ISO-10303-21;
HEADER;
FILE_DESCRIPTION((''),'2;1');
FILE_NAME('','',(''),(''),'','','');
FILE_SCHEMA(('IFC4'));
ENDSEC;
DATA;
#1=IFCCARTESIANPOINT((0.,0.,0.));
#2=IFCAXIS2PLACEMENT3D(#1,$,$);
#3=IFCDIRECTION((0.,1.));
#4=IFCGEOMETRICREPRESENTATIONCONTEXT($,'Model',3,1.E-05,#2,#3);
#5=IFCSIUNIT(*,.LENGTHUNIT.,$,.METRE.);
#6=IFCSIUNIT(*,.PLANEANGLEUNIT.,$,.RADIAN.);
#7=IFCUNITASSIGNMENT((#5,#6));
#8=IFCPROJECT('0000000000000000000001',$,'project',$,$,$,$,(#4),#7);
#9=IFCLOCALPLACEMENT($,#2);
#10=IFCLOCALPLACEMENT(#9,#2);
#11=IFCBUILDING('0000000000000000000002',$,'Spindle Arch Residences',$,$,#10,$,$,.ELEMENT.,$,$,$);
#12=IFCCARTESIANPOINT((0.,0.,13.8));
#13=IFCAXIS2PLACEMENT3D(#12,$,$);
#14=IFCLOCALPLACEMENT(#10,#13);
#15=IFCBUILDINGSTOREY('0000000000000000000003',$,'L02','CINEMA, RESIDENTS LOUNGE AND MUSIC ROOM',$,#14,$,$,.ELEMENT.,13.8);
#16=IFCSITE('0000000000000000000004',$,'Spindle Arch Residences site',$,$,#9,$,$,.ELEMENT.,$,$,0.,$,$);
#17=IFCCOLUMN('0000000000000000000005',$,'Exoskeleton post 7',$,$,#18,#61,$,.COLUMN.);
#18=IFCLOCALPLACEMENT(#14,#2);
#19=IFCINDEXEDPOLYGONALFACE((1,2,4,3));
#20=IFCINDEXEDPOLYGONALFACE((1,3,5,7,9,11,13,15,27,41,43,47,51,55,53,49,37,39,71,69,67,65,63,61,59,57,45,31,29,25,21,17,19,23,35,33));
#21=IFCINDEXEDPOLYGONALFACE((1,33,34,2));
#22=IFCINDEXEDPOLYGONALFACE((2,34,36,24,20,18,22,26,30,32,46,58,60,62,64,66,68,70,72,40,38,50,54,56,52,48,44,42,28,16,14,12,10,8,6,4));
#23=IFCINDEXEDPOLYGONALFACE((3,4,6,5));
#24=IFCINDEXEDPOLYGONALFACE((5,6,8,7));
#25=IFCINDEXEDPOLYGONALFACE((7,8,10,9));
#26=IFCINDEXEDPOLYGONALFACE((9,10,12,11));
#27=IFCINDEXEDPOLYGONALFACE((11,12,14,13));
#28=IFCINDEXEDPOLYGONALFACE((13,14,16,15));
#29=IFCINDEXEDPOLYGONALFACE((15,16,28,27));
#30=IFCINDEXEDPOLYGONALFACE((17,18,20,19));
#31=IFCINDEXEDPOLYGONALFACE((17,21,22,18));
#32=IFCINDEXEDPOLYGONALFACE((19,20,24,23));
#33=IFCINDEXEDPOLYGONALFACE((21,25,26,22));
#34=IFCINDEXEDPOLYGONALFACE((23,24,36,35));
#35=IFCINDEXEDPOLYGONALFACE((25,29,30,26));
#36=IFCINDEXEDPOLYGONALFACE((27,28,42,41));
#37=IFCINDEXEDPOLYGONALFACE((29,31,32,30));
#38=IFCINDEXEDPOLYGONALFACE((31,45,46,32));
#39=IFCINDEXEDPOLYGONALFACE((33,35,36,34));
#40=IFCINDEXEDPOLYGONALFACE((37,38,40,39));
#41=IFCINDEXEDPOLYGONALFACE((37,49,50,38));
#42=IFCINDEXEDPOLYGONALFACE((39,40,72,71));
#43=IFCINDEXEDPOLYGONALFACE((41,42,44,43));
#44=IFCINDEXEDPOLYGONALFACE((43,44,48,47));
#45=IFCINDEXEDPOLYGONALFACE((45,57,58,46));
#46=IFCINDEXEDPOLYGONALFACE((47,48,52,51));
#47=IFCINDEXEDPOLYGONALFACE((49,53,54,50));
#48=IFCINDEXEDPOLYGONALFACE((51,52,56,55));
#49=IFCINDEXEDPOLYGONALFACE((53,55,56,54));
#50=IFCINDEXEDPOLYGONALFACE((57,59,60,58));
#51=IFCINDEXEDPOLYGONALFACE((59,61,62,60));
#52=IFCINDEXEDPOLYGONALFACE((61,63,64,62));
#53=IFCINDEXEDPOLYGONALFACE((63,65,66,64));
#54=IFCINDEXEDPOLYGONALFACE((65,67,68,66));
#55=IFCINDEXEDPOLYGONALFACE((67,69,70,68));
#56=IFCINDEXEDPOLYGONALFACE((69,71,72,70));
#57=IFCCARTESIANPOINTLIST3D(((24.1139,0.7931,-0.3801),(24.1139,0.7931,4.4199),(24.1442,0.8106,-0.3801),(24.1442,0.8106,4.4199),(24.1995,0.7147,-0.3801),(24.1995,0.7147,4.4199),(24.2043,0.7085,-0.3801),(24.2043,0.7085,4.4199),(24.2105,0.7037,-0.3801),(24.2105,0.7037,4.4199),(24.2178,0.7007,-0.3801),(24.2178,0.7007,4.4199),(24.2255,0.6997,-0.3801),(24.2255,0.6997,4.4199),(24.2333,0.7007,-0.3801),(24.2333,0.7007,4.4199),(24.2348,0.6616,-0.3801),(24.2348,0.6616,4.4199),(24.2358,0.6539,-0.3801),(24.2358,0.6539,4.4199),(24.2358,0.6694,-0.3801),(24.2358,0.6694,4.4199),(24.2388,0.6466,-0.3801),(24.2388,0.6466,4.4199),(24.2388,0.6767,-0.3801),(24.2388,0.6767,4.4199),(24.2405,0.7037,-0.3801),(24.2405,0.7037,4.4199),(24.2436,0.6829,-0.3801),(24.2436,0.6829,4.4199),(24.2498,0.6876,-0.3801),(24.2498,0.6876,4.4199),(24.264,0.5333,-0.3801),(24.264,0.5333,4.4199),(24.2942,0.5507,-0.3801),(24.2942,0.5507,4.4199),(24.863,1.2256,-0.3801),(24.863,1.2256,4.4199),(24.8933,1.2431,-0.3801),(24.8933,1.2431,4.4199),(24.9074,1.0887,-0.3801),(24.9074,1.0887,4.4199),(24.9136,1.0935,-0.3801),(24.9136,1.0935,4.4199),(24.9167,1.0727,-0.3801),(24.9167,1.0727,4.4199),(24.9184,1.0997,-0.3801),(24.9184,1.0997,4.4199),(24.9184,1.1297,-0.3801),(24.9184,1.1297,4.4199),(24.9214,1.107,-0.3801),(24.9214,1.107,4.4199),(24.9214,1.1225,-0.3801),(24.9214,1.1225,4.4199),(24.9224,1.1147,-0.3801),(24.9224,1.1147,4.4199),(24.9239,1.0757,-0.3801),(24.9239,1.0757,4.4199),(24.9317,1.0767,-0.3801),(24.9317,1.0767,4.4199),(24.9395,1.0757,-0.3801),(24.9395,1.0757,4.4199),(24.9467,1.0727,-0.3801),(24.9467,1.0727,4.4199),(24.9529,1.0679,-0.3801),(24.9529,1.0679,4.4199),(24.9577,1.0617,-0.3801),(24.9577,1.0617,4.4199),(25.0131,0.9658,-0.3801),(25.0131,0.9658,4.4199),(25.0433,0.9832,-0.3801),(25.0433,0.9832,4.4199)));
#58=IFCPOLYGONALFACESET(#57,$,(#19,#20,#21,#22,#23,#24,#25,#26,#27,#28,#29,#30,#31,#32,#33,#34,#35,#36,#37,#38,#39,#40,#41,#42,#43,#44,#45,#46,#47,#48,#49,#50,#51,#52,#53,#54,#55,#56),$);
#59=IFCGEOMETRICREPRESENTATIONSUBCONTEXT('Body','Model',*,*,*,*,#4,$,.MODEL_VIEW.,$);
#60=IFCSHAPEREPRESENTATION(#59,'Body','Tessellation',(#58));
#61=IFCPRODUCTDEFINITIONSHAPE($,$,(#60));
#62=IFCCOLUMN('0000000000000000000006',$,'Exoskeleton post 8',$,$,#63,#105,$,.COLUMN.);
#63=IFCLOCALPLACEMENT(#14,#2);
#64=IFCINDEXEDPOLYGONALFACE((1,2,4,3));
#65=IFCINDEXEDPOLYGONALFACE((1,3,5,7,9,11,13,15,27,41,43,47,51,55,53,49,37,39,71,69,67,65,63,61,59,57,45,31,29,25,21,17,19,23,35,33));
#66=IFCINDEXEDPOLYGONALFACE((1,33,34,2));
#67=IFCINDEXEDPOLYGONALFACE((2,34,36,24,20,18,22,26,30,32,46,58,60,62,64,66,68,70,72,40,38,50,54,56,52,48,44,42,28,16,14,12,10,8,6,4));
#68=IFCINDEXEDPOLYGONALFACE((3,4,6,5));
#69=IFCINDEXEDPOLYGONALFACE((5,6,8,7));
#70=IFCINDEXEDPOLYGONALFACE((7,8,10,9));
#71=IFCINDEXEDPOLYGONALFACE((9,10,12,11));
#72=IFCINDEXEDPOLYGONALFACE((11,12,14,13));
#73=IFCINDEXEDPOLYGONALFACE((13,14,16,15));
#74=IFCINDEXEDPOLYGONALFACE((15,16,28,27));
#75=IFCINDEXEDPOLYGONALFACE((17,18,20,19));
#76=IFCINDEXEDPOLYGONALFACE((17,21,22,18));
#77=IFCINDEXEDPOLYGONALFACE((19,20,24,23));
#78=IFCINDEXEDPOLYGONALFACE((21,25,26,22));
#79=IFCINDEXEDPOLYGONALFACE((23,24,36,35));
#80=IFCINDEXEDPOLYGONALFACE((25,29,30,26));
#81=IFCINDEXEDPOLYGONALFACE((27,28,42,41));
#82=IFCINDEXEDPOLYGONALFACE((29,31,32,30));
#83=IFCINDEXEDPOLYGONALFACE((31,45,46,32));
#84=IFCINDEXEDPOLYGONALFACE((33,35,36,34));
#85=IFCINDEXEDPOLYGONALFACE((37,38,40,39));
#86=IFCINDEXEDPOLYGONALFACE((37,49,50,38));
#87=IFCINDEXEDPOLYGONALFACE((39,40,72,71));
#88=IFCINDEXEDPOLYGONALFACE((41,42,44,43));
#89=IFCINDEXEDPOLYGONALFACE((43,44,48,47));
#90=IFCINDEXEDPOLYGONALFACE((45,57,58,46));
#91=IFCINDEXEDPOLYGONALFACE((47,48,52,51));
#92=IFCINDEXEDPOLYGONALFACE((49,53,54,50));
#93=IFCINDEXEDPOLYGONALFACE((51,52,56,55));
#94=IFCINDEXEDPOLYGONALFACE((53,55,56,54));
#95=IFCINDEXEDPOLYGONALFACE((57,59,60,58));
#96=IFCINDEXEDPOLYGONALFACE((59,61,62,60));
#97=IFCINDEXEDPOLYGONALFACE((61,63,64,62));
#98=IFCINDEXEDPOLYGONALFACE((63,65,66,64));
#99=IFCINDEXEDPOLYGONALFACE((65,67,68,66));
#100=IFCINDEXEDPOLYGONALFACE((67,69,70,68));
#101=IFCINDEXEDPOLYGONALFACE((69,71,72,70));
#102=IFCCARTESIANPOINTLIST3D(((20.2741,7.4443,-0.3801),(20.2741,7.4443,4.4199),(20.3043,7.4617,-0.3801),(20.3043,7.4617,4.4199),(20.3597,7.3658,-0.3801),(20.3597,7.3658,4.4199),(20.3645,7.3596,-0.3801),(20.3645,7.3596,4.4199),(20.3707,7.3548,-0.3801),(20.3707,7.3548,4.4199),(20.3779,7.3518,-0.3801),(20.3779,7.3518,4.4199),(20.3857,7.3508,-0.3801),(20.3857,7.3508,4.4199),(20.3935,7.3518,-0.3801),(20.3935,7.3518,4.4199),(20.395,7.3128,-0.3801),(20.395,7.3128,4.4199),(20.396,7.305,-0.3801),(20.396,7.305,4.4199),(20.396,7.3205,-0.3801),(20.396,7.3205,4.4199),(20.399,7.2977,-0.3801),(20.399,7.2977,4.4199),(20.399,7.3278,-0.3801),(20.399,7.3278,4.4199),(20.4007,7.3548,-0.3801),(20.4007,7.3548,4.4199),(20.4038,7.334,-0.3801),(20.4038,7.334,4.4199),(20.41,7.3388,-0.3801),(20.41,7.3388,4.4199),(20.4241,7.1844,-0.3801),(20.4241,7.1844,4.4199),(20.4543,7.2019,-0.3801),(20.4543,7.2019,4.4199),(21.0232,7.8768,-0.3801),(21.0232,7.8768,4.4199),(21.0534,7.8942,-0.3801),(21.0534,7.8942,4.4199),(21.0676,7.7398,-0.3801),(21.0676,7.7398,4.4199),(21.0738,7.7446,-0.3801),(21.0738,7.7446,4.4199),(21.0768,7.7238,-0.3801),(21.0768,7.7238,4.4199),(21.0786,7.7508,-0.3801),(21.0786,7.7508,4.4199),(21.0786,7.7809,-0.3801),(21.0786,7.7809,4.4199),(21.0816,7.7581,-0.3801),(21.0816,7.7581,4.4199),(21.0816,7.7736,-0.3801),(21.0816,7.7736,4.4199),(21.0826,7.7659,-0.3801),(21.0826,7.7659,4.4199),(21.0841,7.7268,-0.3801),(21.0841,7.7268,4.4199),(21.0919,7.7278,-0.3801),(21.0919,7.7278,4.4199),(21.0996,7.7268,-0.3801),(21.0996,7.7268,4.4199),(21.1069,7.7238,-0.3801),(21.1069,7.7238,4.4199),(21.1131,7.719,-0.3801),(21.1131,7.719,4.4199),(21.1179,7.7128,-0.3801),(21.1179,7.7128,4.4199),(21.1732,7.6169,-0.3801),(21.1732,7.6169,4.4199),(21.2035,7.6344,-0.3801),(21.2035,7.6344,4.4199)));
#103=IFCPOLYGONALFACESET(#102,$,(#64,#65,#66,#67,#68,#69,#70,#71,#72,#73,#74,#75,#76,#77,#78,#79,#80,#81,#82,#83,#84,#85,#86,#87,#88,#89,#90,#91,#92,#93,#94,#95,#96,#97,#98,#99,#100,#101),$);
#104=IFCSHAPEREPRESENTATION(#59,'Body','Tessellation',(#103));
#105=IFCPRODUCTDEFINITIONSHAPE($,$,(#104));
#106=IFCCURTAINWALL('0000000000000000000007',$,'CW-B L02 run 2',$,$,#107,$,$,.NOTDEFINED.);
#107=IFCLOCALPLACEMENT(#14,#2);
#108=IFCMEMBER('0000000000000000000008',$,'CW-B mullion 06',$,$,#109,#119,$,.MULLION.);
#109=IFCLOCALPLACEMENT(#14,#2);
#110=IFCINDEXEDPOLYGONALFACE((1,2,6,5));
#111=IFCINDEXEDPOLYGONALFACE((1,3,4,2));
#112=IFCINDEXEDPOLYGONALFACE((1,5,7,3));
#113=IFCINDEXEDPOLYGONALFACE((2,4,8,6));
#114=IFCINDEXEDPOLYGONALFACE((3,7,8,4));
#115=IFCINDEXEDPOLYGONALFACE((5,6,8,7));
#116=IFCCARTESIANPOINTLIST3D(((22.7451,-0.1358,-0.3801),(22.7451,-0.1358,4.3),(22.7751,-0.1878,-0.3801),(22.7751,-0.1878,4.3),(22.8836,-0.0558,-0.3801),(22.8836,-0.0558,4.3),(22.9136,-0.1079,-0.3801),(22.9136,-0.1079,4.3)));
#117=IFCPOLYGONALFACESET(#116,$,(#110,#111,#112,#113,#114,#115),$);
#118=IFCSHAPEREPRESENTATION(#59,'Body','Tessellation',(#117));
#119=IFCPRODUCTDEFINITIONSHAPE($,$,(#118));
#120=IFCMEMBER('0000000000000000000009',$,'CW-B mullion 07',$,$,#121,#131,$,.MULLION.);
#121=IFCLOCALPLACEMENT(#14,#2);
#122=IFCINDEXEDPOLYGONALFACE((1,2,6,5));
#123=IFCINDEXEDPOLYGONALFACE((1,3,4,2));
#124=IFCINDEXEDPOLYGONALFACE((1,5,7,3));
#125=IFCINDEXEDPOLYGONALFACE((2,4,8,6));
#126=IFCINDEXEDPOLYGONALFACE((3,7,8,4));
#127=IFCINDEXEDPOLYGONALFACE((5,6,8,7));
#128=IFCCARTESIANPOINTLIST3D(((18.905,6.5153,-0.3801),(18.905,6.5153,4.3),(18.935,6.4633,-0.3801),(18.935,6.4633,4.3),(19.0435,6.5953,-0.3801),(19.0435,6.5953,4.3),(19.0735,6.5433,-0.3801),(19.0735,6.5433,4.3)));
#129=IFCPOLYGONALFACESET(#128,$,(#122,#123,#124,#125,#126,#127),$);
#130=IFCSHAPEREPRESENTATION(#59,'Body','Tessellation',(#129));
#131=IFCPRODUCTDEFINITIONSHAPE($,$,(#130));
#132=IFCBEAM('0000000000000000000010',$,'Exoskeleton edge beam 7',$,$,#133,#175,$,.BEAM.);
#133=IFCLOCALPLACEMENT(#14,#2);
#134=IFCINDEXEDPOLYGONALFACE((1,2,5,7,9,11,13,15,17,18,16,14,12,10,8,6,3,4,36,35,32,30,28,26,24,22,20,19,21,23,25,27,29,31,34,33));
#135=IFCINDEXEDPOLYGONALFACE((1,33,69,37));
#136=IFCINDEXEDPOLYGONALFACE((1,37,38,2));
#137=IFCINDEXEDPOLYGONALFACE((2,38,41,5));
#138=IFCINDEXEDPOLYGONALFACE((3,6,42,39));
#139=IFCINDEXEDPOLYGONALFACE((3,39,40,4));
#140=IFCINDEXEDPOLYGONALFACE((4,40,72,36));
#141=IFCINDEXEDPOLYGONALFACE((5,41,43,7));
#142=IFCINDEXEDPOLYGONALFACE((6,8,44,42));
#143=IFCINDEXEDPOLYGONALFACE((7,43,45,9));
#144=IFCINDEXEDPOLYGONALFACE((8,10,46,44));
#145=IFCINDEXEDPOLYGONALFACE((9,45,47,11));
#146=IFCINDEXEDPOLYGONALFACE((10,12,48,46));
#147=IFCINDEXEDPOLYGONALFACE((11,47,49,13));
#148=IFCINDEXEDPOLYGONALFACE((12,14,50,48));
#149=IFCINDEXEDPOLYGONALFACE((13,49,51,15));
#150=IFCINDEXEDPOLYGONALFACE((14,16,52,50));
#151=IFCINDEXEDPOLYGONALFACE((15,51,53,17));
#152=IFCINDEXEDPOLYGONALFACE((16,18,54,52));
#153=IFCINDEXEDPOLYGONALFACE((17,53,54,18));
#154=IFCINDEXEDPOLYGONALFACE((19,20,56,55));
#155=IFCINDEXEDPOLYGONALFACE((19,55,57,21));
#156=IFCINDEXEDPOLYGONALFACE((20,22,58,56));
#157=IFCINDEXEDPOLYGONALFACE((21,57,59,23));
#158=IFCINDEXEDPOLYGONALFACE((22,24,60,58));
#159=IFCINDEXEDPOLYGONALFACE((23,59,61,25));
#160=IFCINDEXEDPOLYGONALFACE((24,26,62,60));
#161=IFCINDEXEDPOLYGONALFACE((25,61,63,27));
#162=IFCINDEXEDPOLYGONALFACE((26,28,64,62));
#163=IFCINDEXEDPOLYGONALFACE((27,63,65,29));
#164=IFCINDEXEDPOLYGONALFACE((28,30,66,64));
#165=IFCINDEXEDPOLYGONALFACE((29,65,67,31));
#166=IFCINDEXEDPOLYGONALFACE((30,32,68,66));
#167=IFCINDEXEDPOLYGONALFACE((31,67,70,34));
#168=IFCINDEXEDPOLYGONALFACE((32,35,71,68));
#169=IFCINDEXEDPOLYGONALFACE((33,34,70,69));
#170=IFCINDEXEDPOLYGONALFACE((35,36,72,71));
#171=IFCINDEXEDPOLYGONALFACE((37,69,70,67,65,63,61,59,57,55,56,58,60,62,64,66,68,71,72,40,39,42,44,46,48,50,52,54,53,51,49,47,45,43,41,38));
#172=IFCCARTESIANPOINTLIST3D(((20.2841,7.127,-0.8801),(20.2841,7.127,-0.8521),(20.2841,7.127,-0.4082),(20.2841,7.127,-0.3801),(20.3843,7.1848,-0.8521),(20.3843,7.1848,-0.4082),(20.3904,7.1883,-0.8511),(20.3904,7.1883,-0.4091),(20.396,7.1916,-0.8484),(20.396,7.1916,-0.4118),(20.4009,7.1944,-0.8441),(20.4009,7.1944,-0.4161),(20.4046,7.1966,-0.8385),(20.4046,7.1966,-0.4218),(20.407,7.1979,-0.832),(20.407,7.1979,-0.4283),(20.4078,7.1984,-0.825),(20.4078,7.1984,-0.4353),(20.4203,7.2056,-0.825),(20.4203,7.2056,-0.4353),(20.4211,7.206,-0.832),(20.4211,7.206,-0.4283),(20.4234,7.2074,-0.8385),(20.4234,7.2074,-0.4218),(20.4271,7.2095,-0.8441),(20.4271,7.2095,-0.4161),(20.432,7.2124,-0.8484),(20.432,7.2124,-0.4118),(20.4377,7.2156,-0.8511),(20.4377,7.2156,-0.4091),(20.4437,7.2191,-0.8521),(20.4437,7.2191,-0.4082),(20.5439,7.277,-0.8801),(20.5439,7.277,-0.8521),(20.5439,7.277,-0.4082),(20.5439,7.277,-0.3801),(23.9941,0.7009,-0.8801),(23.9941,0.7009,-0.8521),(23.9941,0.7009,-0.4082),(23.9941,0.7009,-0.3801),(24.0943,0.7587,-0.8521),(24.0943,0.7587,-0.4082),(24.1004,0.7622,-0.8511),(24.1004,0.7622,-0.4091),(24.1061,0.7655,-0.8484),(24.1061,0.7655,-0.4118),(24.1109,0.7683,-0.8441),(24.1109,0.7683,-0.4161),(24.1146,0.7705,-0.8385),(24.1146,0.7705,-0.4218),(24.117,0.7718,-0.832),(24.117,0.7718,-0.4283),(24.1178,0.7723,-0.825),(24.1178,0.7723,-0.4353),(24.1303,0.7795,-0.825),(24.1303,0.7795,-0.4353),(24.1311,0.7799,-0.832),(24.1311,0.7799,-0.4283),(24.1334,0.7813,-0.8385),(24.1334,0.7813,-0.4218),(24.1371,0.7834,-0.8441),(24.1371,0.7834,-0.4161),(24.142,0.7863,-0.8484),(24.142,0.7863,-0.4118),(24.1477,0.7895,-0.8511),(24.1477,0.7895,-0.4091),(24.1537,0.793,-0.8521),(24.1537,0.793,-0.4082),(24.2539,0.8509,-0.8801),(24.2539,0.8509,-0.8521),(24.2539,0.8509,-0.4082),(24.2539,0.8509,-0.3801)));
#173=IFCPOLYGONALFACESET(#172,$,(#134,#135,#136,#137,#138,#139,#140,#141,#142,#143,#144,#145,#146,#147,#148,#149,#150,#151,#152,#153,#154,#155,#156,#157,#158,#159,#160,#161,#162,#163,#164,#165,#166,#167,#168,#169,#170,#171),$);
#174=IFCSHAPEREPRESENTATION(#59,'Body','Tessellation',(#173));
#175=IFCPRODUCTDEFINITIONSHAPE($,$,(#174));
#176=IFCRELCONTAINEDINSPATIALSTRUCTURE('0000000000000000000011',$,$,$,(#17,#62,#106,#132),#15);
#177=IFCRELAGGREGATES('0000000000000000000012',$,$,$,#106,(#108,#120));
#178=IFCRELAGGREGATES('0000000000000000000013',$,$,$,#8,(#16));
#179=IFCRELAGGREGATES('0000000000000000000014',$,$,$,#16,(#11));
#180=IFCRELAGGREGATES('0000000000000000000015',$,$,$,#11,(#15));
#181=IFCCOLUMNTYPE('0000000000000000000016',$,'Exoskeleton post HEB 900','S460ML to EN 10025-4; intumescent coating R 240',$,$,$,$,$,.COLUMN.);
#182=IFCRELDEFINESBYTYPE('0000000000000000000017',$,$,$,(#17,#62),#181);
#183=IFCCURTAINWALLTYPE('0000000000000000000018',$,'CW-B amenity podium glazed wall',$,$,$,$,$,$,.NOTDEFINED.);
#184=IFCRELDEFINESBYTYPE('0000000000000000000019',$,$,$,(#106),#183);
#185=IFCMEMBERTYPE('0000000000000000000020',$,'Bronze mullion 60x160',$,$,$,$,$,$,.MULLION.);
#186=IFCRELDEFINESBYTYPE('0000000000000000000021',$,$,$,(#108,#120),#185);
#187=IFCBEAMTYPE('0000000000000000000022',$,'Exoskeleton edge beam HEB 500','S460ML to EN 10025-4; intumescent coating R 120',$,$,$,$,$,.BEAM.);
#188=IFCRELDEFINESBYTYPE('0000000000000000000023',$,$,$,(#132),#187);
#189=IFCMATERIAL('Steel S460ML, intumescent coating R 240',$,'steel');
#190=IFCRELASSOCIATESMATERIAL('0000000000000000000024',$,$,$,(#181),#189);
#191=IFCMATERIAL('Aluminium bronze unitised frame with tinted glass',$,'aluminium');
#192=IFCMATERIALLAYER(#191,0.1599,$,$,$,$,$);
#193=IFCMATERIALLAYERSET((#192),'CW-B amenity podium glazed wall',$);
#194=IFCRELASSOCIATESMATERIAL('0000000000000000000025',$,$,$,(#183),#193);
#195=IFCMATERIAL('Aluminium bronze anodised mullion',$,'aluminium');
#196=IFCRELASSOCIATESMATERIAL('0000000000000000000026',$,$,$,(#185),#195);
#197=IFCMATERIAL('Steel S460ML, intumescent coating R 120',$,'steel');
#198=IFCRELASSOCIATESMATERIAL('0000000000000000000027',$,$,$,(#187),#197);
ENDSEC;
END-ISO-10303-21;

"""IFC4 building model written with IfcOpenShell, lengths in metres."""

from ifc_helpers import new_model, si_unit, direction, frame, origin, origin_2d, place, context, subcontext, project, spatial, rectangle, i_section, extrude, material, layer, layer_set, material_profile, profile_set, type_object, element, aggregate, save


model = new_model("IFC4")

# Units and contexts
model_context = context("Model", 3, precision=1e-05, world=origin(), true_north=direction((0.0, 1.0)))
body_context = subcontext(model_context, "Body", "Model", "MODEL_VIEW")
ifc_project = project(units=[si_unit("LENGTHUNIT", "METRE"), si_unit("PLANEANGLEUNIT", "RADIAN")], contexts=[model_context])

# Site, building, storey
site_placement = place(None, origin())
site = spatial("IfcSite", under=ifc_project, at=site_placement, Name="Spindle Arch Residences site", CompositionType="ELEMENT", RefElevation=0.0)
building_placement = place(site_placement, origin())
building = spatial("IfcBuilding", under=site, at=building_placement, Name="Spindle Arch Residences", CompositionType="ELEMENT")
storey_placement = place(building_placement, frame((0.0, 0.0, 13.8)))
storey = spatial("IfcBuildingStorey", under=building, at=storey_placement, Name="L02", Description="CINEMA, RESIDENTS LOUNGE AND MUSIC ROOM", CompositionType="ELEMENT", Elevation=13.8)

# Columns
ifc_material_1 = material(Name="Steel S460ML, intumescent coating R 240", Category="steel")
ifc_material_profile_1 = material_profile(ifc_material_1, i_section(OverallWidth=0.3, OverallDepth=0.8999, WebThickness=0.0186, FlangeThickness=0.0349, FilletRadius=0.03, at=origin_2d()), Name="HEB 900")
ifc_profile_set_1 = profile_set([ifc_material_profile_1], Name="Steel S460ML, intumescent coating R 240")
column_type = type_object("IfcColumnType", Name="Exoskeleton post HEB 900", Description="S460ML to EN 10025-4; intumescent coating R 240", PredefinedType="COLUMN", material=ifc_profile_set_1)
for number, where, z_axis, x_axis, name in (
    (1, (24.5786, 0.8882, -0.3801), (0.0, 0.0, 1.0), (0.5, -0.866025, 0.0), "Exoskeleton post 7"),
    (2, (20.7388, 7.5393, -0.3801), (0.0, 0.0, 1.0), (0.5, -0.866025, 0.0), "Exoskeleton post 8"),
):
    element("IfcColumn", number, at=place(storey_placement, frame(where, z_axis=z_axis, x_axis=x_axis)), inside=storey, type_object=column_type, Name=name, PredefinedType="COLUMN", context=body_context, shape_type="SweptSolid", body=[
        extrude(i_section(OverallWidth=0.3, OverallDepth=0.8999, WebThickness=0.0186, FlangeThickness=0.0349, FilletRadius=0.03, at=origin_2d()), origin(), (0.0, 0.0, 1.0), 4.8),
    ])

# Curtain wall, members
ifc_material_2 = material(Name="Aluminium bronze unitised frame with tinted glass", Category="aluminium")
ifc_layer_1 = layer(ifc_material_2, 0.1599)
ifc_layer_set_1 = layer_set([ifc_layer_1], Name="CW-B amenity podium glazed wall")
curtain_wall_type = type_object("IfcCurtainWallType", Name="CW-B amenity podium glazed wall", PredefinedType="NOTDEFINED", material=ifc_layer_set_1)
curtain_wall_placement = place(storey_placement, origin())
curtain_wall = element("IfcCurtainWall", 3, at=curtain_wall_placement, inside=storey, type_object=curtain_wall_type, Name="CW-B L02 run 2", PredefinedType="NOTDEFINED")
ifc_material_3 = material(Name="Aluminium bronze anodised mullion", Category="aluminium")
ifc_material_profile_2 = material_profile(ifc_material_3, rectangle(XDim=0.1599, YDim=0.0601, at=origin_2d()), Name="MU 60x160")
ifc_profile_set_2 = profile_set([ifc_material_profile_2], Name="Aluminium bronze anodised mullion")
member_type = type_object("IfcMemberType", Name="Bronze mullion 60x160", PredefinedType="MULLION", material=ifc_profile_set_2)
member_1_placement = place(storey_placement, frame((22.8293, -0.1218, -0.3801), z_axis=(0.0, 0.0, 1.0), x_axis=(-0.866025, -0.5, 0.0)))
member_1 = element("IfcMember", 4, at=member_1_placement, type_object=member_type, Name="CW-B mullion 06", PredefinedType="MULLION", context=body_context, shape_type="SweptSolid", body=[
    extrude(rectangle(XDim=0.1599, YDim=0.0601, at=origin_2d()), origin(), (0.0, 0.0, 1.0), 4.6802),
])
member_2_placement = place(storey_placement, frame((18.9893, 6.5293, -0.3801), z_axis=(0.0, 0.0, 1.0), x_axis=(-0.866025, -0.5, 0.0)))
member_2 = element("IfcMember", 5, at=member_2_placement, type_object=member_type, Name="CW-B mullion 07", PredefinedType="MULLION", context=body_context, shape_type="SweptSolid", body=[
    extrude(rectangle(XDim=0.1599, YDim=0.0601, at=origin_2d()), origin(), (0.0, 0.0, 1.0), 4.6802),
])

# Beam
ifc_material_4 = material(Name="Steel S460ML, intumescent coating R 120", Category="steel")
ifc_material_profile_3 = material_profile(ifc_material_4, i_section(OverallWidth=0.3, OverallDepth=0.5, WebThickness=0.0144, FlangeThickness=0.0281, FilletRadius=0.0271, at=origin_2d()), Name="HEB 500")
ifc_profile_set_3 = profile_set([ifc_material_profile_3], Name="Steel S460ML, intumescent coating R 120")
beam_type_1 = type_object("IfcBeamType", Name="Exoskeleton edge beam HEB 500", Description="S460ML to EN 10025-4; intumescent coating R 120", PredefinedType="BEAM", material=ifc_profile_set_3)
beam_1_placement = place(storey_placement, frame((24.124, 0.7759, -0.6301), z_axis=(-0.499989, 0.866032, 0.0), x_axis=(-0.866032, -0.499989, 0.0)))
element("IfcBeam", 6, at=beam_1_placement, inside=storey, type_object=beam_type_1, Name="Exoskeleton edge beam 7", PredefinedType="BEAM", context=body_context, shape_type="SweptSolid", body=[
    extrude(i_section(OverallWidth=0.3, OverallDepth=0.5, WebThickness=0.0144, FlangeThickness=0.0281, FilletRadius=0.0271, at=origin_2d()), origin(), (0.0, 0.0, 1.0), 7.4202),
])

aggregate(curtain_wall, [member_1, member_2])

save(model, "model.ifc")
